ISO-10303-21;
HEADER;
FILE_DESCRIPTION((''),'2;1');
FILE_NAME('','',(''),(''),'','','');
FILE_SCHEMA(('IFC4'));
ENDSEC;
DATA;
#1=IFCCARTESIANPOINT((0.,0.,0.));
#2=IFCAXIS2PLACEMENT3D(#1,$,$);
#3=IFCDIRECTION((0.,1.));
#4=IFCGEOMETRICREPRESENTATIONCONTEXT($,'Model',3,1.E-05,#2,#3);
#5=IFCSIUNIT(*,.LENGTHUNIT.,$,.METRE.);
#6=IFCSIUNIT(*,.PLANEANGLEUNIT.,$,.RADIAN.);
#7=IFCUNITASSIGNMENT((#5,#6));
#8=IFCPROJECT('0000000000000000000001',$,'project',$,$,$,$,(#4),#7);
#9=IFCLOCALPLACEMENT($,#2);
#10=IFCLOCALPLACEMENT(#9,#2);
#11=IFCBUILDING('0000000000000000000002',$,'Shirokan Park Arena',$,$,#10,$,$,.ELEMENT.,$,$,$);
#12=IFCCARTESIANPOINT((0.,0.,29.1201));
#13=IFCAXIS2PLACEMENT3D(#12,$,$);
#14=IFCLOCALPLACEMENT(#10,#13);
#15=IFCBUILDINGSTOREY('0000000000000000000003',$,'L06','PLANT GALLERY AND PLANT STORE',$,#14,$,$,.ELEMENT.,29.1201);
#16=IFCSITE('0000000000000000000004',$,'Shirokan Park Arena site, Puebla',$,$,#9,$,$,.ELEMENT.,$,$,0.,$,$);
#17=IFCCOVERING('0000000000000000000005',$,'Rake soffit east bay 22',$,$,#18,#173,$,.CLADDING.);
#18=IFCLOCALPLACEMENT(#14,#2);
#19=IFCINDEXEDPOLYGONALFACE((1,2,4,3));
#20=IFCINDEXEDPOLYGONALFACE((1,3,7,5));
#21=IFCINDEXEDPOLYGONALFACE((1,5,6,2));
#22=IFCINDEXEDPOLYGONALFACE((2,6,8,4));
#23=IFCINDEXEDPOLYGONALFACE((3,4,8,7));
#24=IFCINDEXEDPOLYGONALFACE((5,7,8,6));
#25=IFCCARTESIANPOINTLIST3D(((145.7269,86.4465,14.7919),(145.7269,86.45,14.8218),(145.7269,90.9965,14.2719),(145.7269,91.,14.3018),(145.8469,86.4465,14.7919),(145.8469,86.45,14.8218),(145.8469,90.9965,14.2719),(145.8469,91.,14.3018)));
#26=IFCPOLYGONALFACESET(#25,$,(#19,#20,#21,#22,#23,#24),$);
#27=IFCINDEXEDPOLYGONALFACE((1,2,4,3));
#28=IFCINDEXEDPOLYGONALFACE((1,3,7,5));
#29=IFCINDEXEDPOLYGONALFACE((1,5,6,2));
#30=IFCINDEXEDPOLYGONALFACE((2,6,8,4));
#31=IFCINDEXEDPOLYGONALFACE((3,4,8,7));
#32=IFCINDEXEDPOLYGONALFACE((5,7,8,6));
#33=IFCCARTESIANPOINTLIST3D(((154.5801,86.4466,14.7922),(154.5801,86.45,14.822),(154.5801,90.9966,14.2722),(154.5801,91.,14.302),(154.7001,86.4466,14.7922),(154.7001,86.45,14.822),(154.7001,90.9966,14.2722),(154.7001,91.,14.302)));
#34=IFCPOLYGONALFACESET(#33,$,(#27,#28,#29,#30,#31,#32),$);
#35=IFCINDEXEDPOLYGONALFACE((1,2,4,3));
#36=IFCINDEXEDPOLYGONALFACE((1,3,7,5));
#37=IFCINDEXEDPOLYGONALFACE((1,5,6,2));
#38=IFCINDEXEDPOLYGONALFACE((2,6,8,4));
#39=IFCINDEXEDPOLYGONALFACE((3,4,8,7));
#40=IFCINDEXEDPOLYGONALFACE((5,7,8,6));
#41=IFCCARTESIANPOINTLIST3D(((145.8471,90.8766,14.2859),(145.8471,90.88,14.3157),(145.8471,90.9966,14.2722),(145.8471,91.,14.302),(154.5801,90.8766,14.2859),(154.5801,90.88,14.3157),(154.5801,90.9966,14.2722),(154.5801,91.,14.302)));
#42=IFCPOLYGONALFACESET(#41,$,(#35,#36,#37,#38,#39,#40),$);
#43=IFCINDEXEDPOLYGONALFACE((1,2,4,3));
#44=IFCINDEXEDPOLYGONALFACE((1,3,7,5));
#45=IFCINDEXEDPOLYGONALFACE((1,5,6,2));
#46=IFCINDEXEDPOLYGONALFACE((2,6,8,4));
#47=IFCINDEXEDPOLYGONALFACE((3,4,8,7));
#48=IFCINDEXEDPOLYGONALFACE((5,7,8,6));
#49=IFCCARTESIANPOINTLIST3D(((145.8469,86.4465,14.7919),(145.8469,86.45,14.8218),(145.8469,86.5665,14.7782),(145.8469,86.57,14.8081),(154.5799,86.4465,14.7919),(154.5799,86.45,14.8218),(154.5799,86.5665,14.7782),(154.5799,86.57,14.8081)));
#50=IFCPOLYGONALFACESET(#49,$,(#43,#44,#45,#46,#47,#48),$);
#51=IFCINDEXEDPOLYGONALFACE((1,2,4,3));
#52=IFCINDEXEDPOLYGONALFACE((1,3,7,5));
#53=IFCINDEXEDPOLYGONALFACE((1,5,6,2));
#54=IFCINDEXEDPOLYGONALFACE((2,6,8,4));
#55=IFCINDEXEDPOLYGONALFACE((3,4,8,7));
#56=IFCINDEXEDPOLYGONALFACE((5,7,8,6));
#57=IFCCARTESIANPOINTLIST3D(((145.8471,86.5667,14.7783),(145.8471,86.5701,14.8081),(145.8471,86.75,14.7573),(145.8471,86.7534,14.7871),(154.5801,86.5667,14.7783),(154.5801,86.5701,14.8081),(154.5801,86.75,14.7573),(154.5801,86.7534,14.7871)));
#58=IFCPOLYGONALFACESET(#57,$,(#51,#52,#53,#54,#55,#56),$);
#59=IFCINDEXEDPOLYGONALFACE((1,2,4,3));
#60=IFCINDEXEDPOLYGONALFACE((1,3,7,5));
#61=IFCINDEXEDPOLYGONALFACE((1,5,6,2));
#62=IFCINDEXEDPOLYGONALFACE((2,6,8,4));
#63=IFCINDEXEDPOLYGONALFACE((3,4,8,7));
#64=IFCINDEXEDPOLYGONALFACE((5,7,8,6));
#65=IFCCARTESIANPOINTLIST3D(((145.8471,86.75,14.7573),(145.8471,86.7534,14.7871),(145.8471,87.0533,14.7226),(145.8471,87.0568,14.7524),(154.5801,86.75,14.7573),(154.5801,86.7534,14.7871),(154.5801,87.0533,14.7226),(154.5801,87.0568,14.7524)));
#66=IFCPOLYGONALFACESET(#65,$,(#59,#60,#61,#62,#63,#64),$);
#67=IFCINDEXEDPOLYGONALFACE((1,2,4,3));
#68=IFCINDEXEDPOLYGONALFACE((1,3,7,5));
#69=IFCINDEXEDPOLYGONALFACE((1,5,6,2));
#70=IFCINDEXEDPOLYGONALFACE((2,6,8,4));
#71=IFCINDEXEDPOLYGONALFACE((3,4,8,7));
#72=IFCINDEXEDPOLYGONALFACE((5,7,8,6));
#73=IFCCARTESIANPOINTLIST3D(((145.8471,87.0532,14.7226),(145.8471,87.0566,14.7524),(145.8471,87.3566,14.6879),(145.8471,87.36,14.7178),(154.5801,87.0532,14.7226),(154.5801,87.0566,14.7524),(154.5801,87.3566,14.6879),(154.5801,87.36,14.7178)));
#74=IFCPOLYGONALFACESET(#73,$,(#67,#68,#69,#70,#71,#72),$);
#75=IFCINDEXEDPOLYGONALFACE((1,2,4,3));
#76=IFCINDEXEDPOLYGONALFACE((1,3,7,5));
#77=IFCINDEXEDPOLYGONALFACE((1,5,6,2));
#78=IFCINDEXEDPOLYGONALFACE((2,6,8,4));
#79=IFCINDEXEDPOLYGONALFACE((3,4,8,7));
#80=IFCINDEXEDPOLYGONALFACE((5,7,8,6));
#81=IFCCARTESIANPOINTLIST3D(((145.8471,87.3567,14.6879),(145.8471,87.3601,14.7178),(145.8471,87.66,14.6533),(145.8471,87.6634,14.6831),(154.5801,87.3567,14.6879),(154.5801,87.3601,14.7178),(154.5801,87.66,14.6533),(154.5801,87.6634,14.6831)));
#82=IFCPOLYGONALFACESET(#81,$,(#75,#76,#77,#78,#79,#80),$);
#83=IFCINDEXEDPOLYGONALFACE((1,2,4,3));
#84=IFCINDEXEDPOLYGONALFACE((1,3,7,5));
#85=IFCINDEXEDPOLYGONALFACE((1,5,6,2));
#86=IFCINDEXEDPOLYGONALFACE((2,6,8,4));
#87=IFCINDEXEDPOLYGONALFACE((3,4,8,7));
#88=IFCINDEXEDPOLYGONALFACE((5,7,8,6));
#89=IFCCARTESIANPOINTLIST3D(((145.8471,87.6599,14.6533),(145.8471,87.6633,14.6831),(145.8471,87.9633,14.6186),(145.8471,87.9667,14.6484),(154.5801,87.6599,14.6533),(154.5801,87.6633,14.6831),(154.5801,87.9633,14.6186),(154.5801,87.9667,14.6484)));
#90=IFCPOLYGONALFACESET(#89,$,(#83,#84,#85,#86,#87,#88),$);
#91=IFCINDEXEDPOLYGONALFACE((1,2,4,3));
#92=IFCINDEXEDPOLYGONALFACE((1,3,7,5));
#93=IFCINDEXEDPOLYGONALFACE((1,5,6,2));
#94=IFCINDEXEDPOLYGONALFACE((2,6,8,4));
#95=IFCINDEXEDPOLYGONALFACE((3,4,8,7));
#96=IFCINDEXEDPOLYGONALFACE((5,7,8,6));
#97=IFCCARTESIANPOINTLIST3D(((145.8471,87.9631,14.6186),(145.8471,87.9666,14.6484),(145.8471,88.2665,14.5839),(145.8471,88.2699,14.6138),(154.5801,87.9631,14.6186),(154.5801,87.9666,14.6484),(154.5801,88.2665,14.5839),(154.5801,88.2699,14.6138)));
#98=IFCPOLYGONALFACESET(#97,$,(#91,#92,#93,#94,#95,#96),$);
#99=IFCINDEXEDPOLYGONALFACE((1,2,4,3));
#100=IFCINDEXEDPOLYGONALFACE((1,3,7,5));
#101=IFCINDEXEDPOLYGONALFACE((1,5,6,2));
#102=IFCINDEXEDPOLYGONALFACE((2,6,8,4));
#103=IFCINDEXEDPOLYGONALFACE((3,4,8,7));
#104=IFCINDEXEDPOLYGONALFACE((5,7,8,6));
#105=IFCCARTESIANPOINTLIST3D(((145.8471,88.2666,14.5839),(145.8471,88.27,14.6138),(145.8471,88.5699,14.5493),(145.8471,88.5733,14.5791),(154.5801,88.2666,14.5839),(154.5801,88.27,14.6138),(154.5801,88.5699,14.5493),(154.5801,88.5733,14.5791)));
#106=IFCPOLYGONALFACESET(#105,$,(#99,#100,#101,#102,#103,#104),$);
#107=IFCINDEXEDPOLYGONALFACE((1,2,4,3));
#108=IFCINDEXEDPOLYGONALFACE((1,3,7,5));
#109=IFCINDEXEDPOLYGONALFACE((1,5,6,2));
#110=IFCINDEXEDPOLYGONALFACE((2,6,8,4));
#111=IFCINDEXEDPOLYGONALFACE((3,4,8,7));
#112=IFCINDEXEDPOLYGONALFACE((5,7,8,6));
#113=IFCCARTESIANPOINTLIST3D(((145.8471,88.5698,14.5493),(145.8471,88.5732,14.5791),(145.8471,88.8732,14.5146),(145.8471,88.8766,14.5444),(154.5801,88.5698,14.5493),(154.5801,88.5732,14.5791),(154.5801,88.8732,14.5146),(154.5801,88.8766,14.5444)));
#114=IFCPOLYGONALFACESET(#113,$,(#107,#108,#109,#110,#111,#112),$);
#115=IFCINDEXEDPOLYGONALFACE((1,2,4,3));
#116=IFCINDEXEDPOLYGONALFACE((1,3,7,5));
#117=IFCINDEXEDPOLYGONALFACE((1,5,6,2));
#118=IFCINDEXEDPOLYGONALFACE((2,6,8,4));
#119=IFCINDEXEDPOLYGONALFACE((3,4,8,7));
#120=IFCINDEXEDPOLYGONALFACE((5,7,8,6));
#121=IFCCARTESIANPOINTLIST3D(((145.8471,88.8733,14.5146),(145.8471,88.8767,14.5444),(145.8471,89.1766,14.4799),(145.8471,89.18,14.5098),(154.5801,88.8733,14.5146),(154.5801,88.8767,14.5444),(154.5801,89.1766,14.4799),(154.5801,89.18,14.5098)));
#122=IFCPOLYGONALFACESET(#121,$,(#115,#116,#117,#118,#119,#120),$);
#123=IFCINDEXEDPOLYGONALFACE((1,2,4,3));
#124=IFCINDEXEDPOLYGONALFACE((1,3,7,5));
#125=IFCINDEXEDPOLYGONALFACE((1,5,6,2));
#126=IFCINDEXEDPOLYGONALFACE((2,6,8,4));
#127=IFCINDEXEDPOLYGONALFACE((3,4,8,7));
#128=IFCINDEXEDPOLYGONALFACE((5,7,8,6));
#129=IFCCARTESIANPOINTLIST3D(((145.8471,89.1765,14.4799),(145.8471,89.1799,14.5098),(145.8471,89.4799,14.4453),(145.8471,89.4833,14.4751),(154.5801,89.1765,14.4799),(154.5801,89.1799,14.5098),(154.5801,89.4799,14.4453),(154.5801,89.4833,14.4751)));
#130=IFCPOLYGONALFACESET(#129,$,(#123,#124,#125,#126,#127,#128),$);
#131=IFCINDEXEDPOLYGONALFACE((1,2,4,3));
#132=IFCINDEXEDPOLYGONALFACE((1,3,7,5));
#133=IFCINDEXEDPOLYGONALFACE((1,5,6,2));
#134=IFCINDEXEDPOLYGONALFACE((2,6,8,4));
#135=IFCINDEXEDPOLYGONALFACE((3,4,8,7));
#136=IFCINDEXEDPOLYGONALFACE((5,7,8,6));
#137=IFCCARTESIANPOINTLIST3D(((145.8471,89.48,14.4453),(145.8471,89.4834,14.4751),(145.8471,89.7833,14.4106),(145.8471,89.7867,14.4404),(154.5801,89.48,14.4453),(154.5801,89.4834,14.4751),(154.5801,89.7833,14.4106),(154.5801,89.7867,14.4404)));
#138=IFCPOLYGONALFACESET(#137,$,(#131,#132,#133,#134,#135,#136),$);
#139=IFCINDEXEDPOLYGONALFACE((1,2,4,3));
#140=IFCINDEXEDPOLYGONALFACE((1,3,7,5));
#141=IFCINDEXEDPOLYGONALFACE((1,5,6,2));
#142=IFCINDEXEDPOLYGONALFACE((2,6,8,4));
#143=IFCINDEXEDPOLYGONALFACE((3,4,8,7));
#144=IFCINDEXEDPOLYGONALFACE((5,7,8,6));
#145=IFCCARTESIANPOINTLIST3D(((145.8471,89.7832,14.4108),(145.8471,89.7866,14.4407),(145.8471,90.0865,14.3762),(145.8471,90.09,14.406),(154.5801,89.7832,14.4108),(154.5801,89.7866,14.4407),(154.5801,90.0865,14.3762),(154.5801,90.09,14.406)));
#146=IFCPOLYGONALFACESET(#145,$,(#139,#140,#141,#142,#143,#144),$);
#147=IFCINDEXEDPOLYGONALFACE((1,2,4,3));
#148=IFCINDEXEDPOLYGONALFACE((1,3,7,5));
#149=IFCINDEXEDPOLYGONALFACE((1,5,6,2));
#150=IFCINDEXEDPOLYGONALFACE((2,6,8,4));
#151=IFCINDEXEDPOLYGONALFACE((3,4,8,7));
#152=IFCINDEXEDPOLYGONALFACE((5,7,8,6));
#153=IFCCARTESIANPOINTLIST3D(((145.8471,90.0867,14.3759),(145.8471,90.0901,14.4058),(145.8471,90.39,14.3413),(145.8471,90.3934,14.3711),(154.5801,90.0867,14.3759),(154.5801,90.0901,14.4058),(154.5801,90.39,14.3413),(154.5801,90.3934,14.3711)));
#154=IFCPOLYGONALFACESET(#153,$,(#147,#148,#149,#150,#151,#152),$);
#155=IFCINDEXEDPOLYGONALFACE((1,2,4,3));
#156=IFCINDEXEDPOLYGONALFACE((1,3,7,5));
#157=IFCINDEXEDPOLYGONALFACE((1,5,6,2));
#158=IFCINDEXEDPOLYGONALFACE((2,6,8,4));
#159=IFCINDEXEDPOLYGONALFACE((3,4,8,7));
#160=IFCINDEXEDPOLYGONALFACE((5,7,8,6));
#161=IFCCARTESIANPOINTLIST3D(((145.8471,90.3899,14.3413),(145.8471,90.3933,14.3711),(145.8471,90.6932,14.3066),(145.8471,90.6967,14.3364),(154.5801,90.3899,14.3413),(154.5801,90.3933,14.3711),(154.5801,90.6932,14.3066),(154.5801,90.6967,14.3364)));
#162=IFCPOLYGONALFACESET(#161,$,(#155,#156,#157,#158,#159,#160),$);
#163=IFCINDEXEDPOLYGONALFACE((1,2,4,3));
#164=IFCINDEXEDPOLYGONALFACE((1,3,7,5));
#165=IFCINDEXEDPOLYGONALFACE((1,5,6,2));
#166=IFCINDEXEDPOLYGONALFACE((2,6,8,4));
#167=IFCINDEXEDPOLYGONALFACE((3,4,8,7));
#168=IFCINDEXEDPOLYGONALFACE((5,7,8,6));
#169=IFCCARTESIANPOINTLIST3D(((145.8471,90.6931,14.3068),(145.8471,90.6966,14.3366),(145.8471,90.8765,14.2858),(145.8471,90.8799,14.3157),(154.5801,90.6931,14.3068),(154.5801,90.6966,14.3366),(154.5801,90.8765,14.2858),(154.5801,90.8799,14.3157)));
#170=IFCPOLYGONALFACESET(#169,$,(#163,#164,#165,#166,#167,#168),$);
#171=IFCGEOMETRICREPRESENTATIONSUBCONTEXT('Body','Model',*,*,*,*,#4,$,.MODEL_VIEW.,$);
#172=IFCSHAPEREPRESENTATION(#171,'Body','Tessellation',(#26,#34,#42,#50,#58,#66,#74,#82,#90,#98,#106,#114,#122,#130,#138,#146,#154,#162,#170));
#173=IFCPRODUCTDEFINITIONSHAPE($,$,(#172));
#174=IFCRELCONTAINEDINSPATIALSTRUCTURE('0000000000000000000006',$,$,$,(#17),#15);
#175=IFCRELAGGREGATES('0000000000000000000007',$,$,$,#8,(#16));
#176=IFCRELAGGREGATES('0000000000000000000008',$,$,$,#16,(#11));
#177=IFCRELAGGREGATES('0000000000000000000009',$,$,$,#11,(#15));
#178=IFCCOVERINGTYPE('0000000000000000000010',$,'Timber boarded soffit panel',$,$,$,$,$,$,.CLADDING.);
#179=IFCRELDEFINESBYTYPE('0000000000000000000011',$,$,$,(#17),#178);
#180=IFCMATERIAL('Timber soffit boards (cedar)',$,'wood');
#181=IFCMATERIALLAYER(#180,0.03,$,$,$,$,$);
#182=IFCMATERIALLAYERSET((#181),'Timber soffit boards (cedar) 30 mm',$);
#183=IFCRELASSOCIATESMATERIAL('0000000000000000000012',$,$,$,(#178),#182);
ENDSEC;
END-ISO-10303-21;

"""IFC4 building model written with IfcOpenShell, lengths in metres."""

from ifc_helpers import new_model, si_unit, direction, frame, origin, place, context, subcontext, project, spatial, polyline, outline, extrude, material, layer, layer_set, type_object, element, save


model = new_model("IFC4")

# Units and contexts
model_context = context("Model", 3, precision=1e-05, world=origin(), true_north=direction((0.0, 1.0)))
body_context = subcontext(model_context, "Body", "Model", "MODEL_VIEW")
ifc_project = project(units=[si_unit("LENGTHUNIT", "METRE"), si_unit("PLANEANGLEUNIT", "RADIAN")], contexts=[model_context])

# Site, building, storey
site_placement = place(None, origin())
site = spatial("IfcSite", under=ifc_project, at=site_placement, Name="Shirokan Park Arena site, Puebla", CompositionType="ELEMENT", RefElevation=0.0)
building_placement = place(site_placement, origin())
building = spatial("IfcBuilding", under=site, at=building_placement, Name="Shirokan Park Arena", CompositionType="ELEMENT")
storey_placement = place(building_placement, frame((0.0, 0.0, 29.1201)))
storey = spatial("IfcBuildingStorey", under=building, at=storey_placement, Name="L06", Description="PLANT GALLERY AND PLANT STORE", CompositionType="ELEMENT", Elevation=29.1201)

# Covering
ifc_material = material(Name="Timber soffit boards (cedar)", Category="wood")
ifc_layer = layer(ifc_material, 0.03)
ifc_layer_set = layer_set([ifc_layer], Name="Timber soffit boards (cedar) 30 mm")
covering_type = type_object("IfcCoveringType", Name="Timber boarded soffit panel", PredefinedType="CLADDING", material=ifc_layer_set)
covering_1_placement = place(storey_placement, origin())
element("IfcCovering", 1, at=covering_1_placement, inside=storey, type_object=covering_type, Name="Rake soffit east bay 22", PredefinedType="CLADDING", context=body_context, shape_type="SweptSolid", body=[
    extrude(outline(polyline([(0.0, 0.0), (0.12, 0.0), (0.12, -4.5796), (0.0, -4.5796), (0.0, 0.0)])), frame((145.8469, 86.45, 14.8218), z_axis=(0.0, 0.113547, 0.993533), x_axis=(-1.0, 0.0, 0.0)), (0.0, 0.0, -1.0), 0.03),
    extrude(outline(polyline([(0.0, 0.0), (0.12, 0.0), (0.12, -4.5796), (0.0, -4.5796), (0.0, 0.0)])), frame((154.5801, 91.0, 14.302), z_axis=(0.0, 0.113547, 0.993533), x_axis=(1.0, 0.0, 0.0)), (0.0, 0.0, -1.0), 0.03),
    extrude(outline(polyline([(0.0, 0.0), (0.1208, 0.0), (0.1208, -8.733), (0.0, -8.733), (0.0, 0.0)])), frame((154.5801, 91.0, 14.302), z_axis=(0.0, 0.113512, 0.993537), x_axis=(0.0, -0.993537, 0.113512)), (0.0, 0.0, -1.0), 0.03),
    extrude(outline(polyline([(0.0, 0.0), (0.1208, 0.0), (0.1208, -8.733), (0.0, -8.733), (0.0, 0.0)])), frame((145.8469, 86.45, 14.8218), z_axis=(0.0, 0.113512, 0.993537), x_axis=(0.0, 0.993537, -0.113512)), (0.0, 0.0, -1.0), 0.03),
    extrude(outline(polyline([(0.0, 0.0), (8.733, 0.0), (8.733, -0.1845), (0.0, -0.1845), (0.0, 0.0)])), frame((154.5801, 86.5701, 14.8081), z_axis=(0.0, 0.113589, 0.993528), x_axis=(-1.0, 0.0, 0.0)), (0.0, 0.0, -1.0), 0.03),
    extrude(outline(polyline([(0.0, 0.0), (8.733, 0.0), (8.733, -0.3053), (0.0, -0.3053), (0.0, 0.0)])), frame((154.5801, 86.7534, 14.7871), z_axis=(0.0, 0.113523, 0.993535), x_axis=(-1.0, 0.0, 0.0)), (0.0, 0.0, -1.0), 0.03),
    extrude(outline(polyline([(0.0, 0.0), (8.733, 0.0), (8.733, -0.3053), (0.0, -0.3053), (0.0, 0.0)])), frame((154.5801, 87.0566, 14.7524), z_axis=(0.0, 0.113559, 0.993531), x_axis=(-1.0, 0.0, 0.0)), (0.0, 0.0, -1.0), 0.03),
    extrude(outline(polyline([(0.0, 0.0), (8.733, 0.0), (8.733, -0.3053), (0.0, -0.3053), (0.0, 0.0)])), frame((154.5801, 87.3601, 14.7178), z_axis=(0.0, 0.113559, 0.993531), x_axis=(-1.0, 0.0, 0.0)), (0.0, 0.0, -1.0), 0.03),
    extrude(outline(polyline([(0.0, 0.0), (8.733, 0.0), (8.733, -0.3053), (0.0, -0.3053), (0.0, 0.0)])), frame((154.5801, 87.6633, 14.6831), z_axis=(0.0, 0.113523, 0.993535), x_axis=(-1.0, 0.0, 0.0)), (0.0, 0.0, -1.0), 0.03),
    extrude(outline(polyline([(0.0, 0.0), (8.733, 0.0), (8.733, -0.3053), (0.0, -0.3053), (0.0, 0.0)])), frame((154.5801, 87.9666, 14.6484), z_axis=(0.0, 0.113559, 0.993531), x_axis=(-1.0, 0.0, 0.0)), (0.0, 0.0, -1.0), 0.03),
    extrude(outline(polyline([(0.0, 0.0), (8.733, 0.0), (8.733, -0.3053), (0.0, -0.3053), (0.0, 0.0)])), frame((154.5801, 88.27, 14.6138), z_axis=(0.0, 0.113559, 0.993531), x_axis=(-1.0, 0.0, 0.0)), (0.0, 0.0, -1.0), 0.03),
    extrude(outline(polyline([(0.0, 0.0), (8.733, 0.0), (8.733, -0.3053), (0.0, -0.3053), (0.0, 0.0)])), frame((154.5801, 88.5732, 14.5791), z_axis=(0.0, 0.113523, 0.993535), x_axis=(-1.0, 0.0, 0.0)), (0.0, 0.0, -1.0), 0.03),
    extrude(outline(polyline([(0.0, 0.0), (8.733, 0.0), (8.733, -0.3053), (0.0, -0.3053), (0.0, 0.0)])), frame((154.5801, 88.8767, 14.5444), z_axis=(0.0, 0.113559, 0.993531), x_axis=(-1.0, 0.0, 0.0)), (0.0, 0.0, -1.0), 0.03),
    extrude(outline(polyline([(0.0, 0.0), (8.733, 0.0), (8.733, -0.3053), (0.0, -0.3053), (0.0, 0.0)])), frame((154.5801, 89.1799, 14.5098), z_axis=(0.0, 0.113559, 0.993531), x_axis=(-1.0, 0.0, 0.0)), (0.0, 0.0, -1.0), 0.03),
    extrude(outline(polyline([(0.0, 0.0), (8.733, 0.0), (8.733, -0.3053), (0.0, -0.3053), (0.0, 0.0)])), frame((154.5801, 89.4834, 14.4751), z_axis=(0.0, 0.113523, 0.993535), x_axis=(-1.0, 0.0, 0.0)), (0.0, 0.0, -1.0), 0.03),
    extrude(outline(polyline([(0.0, 0.0), (8.733, 0.0), (8.733, -0.3053), (0.0, -0.3053), (0.0, 0.0)])), frame((154.5801, 89.7866, 14.4407), z_axis=(0.0, 0.113559, 0.993531), x_axis=(-1.0, 0.0, 0.0)), (0.0, 0.0, -1.0), 0.03),
    extrude(outline(polyline([(0.0, 0.0), (8.733, 0.0), (8.733, -0.3053), (0.0, -0.3053), (0.0, 0.0)])), frame((154.5801, 90.0901, 14.4058), z_axis=(0.0, 0.113559, 0.993531), x_axis=(-1.0, 0.0, 0.0)), (0.0, 0.0, -1.0), 0.03),
    extrude(outline(polyline([(0.0, 0.0), (8.733, 0.0), (8.733, -0.3053), (0.0, -0.3053), (0.0, 0.0)])), frame((154.5801, 90.3933, 14.3711), z_axis=(0.0, 0.113523, 0.993535), x_axis=(-1.0, 0.0, 0.0)), (0.0, 0.0, -1.0), 0.03),
    extrude(outline(polyline([(0.0, 0.0), (0.1845, 0.0), (0.1845, -8.733), (0.0, -8.733), (0.0, 0.0)])), frame((154.5801, 90.8799, 14.3157), z_axis=(0.0, 0.113589, 0.993528), x_axis=(0.0, -0.993528, 0.113589)), (0.0, 0.0, -1.0), 0.03),
])

save(model, "model.ifc")
